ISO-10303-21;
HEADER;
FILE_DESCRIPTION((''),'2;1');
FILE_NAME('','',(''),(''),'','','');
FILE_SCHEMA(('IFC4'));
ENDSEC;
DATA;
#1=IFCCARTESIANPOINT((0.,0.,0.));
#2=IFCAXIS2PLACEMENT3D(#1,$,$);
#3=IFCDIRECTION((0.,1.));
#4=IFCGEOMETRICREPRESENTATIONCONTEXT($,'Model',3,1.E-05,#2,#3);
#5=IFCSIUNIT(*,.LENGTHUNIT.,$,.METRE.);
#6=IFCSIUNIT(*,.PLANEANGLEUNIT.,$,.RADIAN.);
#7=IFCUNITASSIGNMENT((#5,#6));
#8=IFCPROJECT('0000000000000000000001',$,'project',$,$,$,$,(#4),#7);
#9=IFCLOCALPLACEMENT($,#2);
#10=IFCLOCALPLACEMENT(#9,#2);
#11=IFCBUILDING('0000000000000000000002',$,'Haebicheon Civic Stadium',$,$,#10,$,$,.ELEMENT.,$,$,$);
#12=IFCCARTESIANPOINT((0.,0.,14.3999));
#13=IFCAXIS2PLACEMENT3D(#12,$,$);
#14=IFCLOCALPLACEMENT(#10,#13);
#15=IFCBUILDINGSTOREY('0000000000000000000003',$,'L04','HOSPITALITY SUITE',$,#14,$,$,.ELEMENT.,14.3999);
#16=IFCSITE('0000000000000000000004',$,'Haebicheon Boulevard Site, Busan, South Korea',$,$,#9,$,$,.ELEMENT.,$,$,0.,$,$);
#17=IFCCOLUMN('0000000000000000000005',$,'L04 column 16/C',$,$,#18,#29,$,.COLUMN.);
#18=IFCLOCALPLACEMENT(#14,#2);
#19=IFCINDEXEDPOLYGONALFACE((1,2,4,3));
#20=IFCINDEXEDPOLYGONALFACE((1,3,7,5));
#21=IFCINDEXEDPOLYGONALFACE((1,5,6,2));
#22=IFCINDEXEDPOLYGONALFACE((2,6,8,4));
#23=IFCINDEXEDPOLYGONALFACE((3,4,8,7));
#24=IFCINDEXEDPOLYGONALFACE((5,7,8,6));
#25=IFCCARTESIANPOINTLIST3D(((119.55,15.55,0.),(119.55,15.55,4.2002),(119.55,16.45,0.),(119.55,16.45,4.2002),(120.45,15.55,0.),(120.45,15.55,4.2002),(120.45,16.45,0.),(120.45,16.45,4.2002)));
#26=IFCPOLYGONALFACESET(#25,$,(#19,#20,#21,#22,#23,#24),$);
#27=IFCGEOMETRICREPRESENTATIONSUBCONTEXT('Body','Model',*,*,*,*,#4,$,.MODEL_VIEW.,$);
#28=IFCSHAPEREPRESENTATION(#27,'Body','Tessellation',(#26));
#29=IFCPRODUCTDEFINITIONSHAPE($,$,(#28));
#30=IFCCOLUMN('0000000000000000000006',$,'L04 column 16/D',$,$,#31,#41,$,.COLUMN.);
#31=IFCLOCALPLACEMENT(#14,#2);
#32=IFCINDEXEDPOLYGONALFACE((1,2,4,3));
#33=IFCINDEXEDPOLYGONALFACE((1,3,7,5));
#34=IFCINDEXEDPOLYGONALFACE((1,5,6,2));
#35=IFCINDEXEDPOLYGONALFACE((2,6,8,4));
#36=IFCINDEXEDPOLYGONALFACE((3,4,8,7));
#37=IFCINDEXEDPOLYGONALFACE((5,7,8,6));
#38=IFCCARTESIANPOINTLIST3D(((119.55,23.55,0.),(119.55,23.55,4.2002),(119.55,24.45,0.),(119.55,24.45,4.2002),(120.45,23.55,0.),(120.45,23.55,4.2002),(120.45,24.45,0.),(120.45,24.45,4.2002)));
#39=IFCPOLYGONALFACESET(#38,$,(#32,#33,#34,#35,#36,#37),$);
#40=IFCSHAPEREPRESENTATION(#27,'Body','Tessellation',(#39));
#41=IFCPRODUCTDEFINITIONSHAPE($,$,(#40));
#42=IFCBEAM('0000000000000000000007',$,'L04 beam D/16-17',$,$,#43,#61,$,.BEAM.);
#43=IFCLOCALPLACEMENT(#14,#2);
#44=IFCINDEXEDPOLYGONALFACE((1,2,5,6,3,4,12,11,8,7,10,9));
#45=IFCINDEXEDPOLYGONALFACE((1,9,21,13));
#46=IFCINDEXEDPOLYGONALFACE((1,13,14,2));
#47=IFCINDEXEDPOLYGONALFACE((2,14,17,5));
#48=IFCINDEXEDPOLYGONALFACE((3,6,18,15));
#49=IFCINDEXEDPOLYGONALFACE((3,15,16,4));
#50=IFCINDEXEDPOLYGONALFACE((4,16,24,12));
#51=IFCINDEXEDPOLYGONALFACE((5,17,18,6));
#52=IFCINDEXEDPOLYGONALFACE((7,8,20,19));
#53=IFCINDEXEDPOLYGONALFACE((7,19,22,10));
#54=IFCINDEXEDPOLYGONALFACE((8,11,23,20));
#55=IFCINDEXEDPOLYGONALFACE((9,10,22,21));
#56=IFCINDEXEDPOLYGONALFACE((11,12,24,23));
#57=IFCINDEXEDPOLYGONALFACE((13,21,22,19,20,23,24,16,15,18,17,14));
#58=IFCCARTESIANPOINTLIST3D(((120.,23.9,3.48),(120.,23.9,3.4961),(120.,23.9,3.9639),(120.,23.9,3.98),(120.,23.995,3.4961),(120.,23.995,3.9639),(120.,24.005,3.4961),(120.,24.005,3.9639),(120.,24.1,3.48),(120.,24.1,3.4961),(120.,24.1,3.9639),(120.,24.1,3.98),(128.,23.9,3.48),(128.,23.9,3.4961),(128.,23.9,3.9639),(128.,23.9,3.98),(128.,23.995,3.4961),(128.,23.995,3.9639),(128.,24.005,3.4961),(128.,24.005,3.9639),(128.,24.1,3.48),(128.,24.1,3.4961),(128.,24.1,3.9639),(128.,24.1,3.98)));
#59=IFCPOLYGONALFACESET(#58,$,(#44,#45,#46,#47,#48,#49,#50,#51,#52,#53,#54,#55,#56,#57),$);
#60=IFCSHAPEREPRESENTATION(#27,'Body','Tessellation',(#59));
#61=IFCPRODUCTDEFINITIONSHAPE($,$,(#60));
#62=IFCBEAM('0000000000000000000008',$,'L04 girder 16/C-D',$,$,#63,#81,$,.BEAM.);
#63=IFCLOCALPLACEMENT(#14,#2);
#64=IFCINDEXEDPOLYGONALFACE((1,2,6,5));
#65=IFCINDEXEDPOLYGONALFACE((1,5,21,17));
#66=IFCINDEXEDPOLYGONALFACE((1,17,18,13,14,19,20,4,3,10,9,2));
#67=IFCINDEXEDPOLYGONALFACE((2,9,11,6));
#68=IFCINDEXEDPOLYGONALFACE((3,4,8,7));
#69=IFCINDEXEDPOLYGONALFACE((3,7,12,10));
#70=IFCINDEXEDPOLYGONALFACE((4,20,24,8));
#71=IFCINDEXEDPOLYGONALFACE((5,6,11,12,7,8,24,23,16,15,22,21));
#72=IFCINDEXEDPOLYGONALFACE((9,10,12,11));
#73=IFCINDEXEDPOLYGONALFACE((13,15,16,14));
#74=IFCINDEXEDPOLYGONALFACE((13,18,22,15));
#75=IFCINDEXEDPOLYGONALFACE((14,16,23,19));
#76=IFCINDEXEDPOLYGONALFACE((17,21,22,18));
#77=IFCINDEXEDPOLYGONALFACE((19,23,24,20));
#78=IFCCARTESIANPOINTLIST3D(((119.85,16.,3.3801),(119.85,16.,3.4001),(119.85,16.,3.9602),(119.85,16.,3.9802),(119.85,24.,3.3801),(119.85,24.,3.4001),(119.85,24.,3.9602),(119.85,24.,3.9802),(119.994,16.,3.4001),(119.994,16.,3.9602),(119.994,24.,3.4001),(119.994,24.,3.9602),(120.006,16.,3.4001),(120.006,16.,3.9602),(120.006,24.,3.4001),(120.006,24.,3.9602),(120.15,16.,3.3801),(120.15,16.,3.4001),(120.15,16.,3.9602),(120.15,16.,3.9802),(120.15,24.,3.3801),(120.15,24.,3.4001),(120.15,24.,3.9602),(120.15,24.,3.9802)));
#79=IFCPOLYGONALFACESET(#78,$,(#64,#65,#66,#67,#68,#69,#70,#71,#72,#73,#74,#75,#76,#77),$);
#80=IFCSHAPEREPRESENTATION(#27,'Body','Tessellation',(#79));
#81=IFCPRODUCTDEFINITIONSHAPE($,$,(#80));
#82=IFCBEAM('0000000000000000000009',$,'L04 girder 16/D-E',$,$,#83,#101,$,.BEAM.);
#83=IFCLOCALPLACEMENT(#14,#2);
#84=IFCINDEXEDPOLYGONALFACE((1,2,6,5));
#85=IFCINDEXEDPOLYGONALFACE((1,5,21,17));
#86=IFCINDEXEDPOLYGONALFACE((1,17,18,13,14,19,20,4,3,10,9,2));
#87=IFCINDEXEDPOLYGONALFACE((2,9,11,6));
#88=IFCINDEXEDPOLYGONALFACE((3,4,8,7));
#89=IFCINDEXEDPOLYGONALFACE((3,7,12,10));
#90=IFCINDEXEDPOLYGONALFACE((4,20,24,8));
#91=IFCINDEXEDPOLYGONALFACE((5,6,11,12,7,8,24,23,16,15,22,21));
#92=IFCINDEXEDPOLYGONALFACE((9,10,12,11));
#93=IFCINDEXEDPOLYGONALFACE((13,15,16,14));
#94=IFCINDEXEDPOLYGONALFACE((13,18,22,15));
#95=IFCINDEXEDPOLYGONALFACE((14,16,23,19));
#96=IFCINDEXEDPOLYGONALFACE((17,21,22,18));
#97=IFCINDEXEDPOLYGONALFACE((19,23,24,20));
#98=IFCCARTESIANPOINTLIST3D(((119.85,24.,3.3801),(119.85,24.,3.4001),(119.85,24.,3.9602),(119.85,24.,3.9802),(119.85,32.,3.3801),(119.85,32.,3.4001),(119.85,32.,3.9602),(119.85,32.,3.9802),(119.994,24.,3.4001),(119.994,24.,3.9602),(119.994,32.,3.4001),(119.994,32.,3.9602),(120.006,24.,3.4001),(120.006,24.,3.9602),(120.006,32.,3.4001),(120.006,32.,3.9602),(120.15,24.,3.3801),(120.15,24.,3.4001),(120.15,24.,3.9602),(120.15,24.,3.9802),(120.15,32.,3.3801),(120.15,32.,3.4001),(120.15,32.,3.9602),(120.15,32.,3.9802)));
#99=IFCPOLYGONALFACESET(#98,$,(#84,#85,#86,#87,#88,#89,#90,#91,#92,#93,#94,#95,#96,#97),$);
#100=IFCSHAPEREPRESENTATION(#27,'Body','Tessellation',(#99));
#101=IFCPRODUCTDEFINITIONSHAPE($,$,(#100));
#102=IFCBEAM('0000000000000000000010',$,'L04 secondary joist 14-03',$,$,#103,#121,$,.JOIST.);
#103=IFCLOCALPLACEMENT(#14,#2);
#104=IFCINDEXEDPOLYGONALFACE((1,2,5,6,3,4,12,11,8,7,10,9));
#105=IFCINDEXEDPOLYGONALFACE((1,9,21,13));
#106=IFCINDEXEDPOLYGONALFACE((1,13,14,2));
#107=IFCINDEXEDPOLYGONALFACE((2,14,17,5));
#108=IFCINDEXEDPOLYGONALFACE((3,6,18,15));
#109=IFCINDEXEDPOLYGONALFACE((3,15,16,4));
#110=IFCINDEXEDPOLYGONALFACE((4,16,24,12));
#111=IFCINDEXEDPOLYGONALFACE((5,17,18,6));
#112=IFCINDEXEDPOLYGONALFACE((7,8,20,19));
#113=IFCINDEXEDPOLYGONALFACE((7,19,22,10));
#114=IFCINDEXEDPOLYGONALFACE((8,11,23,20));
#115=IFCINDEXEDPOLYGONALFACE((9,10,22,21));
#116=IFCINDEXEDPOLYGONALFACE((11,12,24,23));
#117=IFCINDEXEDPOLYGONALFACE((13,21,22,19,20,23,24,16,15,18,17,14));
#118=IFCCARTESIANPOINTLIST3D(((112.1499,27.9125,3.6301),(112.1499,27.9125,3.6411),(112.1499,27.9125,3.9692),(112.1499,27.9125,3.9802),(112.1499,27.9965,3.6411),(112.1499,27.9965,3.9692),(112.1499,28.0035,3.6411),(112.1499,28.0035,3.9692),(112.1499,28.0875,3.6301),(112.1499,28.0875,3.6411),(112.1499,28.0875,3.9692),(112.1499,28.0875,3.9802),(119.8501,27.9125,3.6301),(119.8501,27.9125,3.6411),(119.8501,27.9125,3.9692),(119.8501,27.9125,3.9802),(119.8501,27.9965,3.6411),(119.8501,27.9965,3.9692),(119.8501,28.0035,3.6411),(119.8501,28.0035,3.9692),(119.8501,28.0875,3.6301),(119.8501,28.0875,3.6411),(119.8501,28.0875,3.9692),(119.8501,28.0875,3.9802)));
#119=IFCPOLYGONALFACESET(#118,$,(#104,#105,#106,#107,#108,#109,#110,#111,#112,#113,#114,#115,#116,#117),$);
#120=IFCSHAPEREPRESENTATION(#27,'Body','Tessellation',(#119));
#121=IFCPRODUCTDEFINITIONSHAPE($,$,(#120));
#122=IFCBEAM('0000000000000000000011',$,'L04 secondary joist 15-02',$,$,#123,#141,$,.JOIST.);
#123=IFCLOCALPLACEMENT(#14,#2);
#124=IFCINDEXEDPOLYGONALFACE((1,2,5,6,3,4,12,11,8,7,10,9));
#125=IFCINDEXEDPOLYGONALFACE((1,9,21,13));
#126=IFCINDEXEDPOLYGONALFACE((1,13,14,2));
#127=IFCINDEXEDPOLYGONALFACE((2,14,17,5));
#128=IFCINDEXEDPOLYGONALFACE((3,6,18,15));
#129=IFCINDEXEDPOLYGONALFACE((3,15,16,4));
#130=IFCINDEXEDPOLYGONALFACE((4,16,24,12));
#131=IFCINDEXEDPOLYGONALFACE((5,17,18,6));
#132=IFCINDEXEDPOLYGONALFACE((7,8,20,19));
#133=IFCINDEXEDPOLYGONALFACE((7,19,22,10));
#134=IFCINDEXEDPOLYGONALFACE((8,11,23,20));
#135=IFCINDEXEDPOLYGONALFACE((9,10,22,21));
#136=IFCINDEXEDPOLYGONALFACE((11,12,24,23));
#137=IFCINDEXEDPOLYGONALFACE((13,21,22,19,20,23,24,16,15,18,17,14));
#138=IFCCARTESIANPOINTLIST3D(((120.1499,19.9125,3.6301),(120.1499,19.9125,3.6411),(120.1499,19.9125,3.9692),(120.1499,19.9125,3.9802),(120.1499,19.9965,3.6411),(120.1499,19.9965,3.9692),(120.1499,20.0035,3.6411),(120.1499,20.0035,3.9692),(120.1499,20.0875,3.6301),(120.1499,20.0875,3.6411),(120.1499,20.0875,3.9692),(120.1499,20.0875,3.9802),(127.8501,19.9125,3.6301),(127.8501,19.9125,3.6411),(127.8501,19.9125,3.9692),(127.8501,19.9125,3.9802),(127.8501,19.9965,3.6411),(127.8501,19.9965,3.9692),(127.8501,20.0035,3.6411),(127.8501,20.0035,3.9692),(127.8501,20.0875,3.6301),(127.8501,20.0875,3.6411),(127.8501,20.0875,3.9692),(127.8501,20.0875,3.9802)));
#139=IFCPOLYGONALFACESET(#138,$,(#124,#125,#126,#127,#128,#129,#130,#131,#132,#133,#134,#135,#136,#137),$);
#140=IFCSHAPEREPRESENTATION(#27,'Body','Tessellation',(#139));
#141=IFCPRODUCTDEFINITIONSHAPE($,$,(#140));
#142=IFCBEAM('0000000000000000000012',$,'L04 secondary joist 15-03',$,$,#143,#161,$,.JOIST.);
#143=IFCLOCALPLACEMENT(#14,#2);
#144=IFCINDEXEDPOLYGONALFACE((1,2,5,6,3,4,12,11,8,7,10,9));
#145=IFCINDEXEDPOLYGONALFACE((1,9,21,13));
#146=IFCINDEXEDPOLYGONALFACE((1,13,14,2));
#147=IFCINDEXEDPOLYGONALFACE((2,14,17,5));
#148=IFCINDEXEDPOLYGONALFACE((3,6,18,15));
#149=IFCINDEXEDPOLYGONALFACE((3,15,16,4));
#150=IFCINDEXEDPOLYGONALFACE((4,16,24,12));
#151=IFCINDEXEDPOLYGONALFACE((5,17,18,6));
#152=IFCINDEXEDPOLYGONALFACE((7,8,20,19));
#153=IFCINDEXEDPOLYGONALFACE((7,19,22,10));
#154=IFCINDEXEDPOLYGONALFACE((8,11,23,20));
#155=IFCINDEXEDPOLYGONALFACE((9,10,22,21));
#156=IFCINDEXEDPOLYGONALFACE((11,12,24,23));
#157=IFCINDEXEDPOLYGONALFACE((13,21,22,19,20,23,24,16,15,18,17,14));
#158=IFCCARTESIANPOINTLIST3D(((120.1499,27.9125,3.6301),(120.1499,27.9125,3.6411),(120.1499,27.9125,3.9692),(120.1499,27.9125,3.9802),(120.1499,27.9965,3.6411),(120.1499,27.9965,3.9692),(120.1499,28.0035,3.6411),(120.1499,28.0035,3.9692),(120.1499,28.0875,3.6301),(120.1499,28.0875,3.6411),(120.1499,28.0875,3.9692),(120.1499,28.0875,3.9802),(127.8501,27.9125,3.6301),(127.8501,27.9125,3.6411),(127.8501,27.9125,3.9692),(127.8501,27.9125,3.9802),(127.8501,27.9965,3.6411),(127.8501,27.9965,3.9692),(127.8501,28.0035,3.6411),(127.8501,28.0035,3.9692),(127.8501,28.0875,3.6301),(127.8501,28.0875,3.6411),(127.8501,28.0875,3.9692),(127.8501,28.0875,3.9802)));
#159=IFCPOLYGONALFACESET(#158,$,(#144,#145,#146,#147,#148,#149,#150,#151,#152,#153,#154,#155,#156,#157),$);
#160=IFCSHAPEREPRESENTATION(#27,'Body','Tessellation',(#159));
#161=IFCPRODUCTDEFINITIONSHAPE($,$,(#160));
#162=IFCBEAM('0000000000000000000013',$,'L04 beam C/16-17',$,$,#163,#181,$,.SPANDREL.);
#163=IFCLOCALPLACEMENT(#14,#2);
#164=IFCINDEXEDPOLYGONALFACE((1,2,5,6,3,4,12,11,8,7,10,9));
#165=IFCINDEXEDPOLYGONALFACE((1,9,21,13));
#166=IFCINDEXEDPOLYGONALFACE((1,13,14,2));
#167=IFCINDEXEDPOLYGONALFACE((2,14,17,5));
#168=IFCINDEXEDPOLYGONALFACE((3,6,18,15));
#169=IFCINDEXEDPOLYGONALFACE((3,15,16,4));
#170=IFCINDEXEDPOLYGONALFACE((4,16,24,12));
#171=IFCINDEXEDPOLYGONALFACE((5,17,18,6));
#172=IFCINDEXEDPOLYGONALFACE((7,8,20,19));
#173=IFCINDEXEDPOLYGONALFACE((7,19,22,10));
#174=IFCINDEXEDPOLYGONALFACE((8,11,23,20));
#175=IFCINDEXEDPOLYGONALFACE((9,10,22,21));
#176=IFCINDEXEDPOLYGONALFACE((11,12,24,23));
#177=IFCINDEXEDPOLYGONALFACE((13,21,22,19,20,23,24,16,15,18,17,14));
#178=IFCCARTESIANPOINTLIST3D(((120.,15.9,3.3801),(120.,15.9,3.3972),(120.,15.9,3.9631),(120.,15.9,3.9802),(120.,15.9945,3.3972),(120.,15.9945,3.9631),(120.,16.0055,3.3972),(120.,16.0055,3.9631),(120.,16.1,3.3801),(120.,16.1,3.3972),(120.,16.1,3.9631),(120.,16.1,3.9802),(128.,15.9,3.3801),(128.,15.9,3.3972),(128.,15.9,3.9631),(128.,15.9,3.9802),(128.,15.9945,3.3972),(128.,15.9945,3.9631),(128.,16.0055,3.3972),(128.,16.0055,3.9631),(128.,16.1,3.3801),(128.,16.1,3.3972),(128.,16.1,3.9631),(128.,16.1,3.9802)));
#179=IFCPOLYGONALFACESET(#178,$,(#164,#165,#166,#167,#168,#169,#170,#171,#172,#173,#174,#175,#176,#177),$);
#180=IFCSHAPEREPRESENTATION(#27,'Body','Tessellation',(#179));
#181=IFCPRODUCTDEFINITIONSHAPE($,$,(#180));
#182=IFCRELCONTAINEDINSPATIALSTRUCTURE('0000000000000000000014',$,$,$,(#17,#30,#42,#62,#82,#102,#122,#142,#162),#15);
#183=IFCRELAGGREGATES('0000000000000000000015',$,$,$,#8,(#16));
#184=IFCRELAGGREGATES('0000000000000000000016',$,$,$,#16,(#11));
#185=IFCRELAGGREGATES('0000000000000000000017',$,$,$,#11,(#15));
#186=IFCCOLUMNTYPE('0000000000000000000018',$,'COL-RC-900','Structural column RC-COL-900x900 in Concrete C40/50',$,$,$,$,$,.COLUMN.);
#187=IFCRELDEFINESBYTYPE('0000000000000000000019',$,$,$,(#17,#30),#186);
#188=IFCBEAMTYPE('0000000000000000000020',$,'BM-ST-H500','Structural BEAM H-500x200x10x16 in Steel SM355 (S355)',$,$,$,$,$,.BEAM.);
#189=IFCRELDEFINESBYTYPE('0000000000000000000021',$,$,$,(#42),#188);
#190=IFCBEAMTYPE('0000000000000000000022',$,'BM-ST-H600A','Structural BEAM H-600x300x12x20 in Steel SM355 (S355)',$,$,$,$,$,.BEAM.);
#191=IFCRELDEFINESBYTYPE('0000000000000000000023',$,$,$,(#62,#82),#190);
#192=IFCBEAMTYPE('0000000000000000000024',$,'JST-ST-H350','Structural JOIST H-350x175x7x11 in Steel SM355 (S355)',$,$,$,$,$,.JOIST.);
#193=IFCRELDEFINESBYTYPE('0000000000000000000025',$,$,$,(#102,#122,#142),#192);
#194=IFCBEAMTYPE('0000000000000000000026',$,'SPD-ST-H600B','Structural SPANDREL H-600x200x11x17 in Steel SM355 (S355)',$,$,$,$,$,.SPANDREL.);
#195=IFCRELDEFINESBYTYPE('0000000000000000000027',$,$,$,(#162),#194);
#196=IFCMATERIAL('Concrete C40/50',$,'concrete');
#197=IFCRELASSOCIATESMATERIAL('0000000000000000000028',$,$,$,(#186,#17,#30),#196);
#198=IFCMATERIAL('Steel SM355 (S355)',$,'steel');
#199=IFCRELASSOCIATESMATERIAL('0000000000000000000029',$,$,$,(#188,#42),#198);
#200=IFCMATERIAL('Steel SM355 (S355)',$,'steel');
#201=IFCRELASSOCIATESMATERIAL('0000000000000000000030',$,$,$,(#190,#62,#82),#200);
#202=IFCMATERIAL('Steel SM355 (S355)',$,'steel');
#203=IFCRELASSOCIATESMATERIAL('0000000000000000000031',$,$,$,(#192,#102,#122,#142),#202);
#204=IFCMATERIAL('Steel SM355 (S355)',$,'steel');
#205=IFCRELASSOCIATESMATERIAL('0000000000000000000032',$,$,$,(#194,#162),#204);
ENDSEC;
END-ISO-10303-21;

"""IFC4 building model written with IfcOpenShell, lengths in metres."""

from ifc_helpers import new_model, si_unit, direction, frame, origin, origin_2d, place, context, subcontext, project, spatial, rectangle, i_section, extrude, material, material_profile, profile_set, type_object, element, save


model = new_model("IFC4")

# Units and contexts
model_context = context("Model", 3, precision=1e-05, world=origin(), true_north=direction((0.0, 1.0)))
body_context = subcontext(model_context, "Body", "Model", "MODEL_VIEW")
ifc_project = project(units=[si_unit("LENGTHUNIT", "METRE"), si_unit("PLANEANGLEUNIT", "RADIAN")], contexts=[model_context])

# Site, building, storey
site_placement = place(None, origin())
site = spatial("IfcSite", under=ifc_project, at=site_placement, Name="Haebicheon Boulevard Site, Busan, South Korea", CompositionType="ELEMENT", RefElevation=0.0)
building_placement = place(site_placement, origin())
building = spatial("IfcBuilding", under=site, at=building_placement, Name="Haebicheon Civic Stadium", CompositionType="ELEMENT")
storey_placement = place(building_placement, frame((0.0, 0.0, 14.3999)))
storey = spatial("IfcBuildingStorey", under=building, at=storey_placement, Name="L04", Description="HOSPITALITY SUITE", CompositionType="ELEMENT", Elevation=14.3999)

# Columns
ifc_material_1 = material(Name="Concrete C40/50", Category="concrete")
ifc_material_profile_1 = material_profile(ifc_material_1, rectangle(XDim=0.8999, YDim=0.8999, at=origin_2d()), Name="RC-COL-900x900")
ifc_profile_set_1 = profile_set([ifc_material_profile_1], Name="Concrete C40/50")
column_type = type_object("IfcColumnType", Name="COL-RC-900", Description="Structural column RC-COL-900x900 in Concrete C40/50", PredefinedType="COLUMN", material=ifc_profile_set_1)
for number, where, z_axis, x_axis, name in (
    (1, (120.0, 16.0, 0.0), (0.0, 0.0, 1.0), (1.0, 0.0, 0.0), "L04 column 16/C"),
    (2, (120.0, 24.0, 0.0), (0.0, 0.0, 1.0), (1.0, 0.0, 0.0), "L04 column 16/D"),
):
    element("IfcColumn", number, at=place(storey_placement, frame(where, z_axis=z_axis, x_axis=x_axis)), inside=storey, type_object=column_type, material=ifc_profile_set_1, Name=name, PredefinedType="COLUMN", context=body_context, shape_type="SweptSolid", body=[
        extrude(rectangle(XDim=0.8999, YDim=0.8999, at=origin_2d()), origin(), (0.0, 0.0, 1.0), 4.2002),
    ])

# Beams
ifc_material_2 = material(Name="Steel SM355 (S355)", Category="steel")
ifc_material_profile_2 = material_profile(ifc_material_2, i_section(OverallWidth=0.2, OverallDepth=0.5, WebThickness=0.01, FlangeThickness=0.0161, at=origin_2d()), Name="H-500x200x10x16")
ifc_profile_set_2 = profile_set([ifc_material_profile_2], Name="Steel SM355 (S355)")
beam_type_1 = type_object("IfcBeamType", Name="BM-ST-H500", Description="Structural BEAM H-500x200x10x16 in Steel SM355 (S355)", PredefinedType="BEAM", material=ifc_profile_set_2)
beam_1_placement = place(storey_placement, frame((120.0, 24.0, 3.73), z_axis=(1.0, 0.0, 0.0), x_axis=(0.0, 1.0, 0.0)))
element("IfcBeam", 3, at=beam_1_placement, inside=storey, type_object=beam_type_1, material=ifc_profile_set_2, Name="L04 beam D/16-17", PredefinedType="BEAM", context=body_context, shape_type="SweptSolid", body=[
    extrude(i_section(OverallWidth=0.2, OverallDepth=0.5, WebThickness=0.01, FlangeThickness=0.0161, at=origin_2d()), origin(), (0.0, 0.0, 1.0), 8.0),
])
ifc_material_3 = material(Name="Steel SM355 (S355)", Category="steel")
ifc_material_profile_3 = material_profile(ifc_material_3, i_section(OverallWidth=0.3, OverallDepth=0.6001, WebThickness=0.012, FlangeThickness=0.02, at=origin_2d()), Name="H-600x300x12x20")
ifc_profile_set_3 = profile_set([ifc_material_profile_3], Name="Steel SM355 (S355)")
beam_type_2 = type_object("IfcBeamType", Name="BM-ST-H600A", Description="Structural BEAM H-600x300x12x20 in Steel SM355 (S355)", PredefinedType="BEAM", material=ifc_profile_set_3)
for number, where, z_axis, x_axis, name in (
    (4, (120.0, 16.0, 3.6802), (0.0, 1.0, 0.0), (-1.0, 0.0, 0.0), "L04 girder 16/C-D"),
    (5, (120.0, 24.0, 3.6802), (0.0, 1.0, 0.0), (-1.0, 0.0, 0.0), "L04 girder 16/D-E"),
):
    element("IfcBeam", number, at=place(storey_placement, frame(where, z_axis=z_axis, x_axis=x_axis)), inside=storey, type_object=beam_type_2, material=ifc_profile_set_3, Name=name, PredefinedType="BEAM", context=body_context, shape_type="SweptSolid", body=[
        extrude(i_section(OverallWidth=0.3, OverallDepth=0.6001, WebThickness=0.012, FlangeThickness=0.02, at=origin_2d()), origin(), (0.0, 0.0, 1.0), 8.0),
    ])
ifc_material_4 = material(Name="Steel SM355 (S355)", Category="steel")
ifc_material_profile_4 = material_profile(ifc_material_4, i_section(OverallWidth=0.175, OverallDepth=0.3501, WebThickness=0.0071, FlangeThickness=0.011, at=origin_2d()), Name="H-350x175x7x11")
ifc_profile_set_4 = profile_set([ifc_material_profile_4], Name="Steel SM355 (S355)")
beam_type_3 = type_object("IfcBeamType", Name="JST-ST-H350", Description="Structural JOIST H-350x175x7x11 in Steel SM355 (S355)", PredefinedType="JOIST", material=ifc_profile_set_4)
for number, where, z_axis, x_axis, name in (
    (6, (112.1499, 28.0, 3.8052), (1.0, 0.0, 0.0), (0.0, 1.0, 0.0), "L04 secondary joist 14-03"),
    (7, (120.1499, 20.0, 3.8052), (1.0, 0.0, 0.0), (0.0, 1.0, 0.0), "L04 secondary joist 15-02"),
    (8, (120.1499, 28.0, 3.8052), (1.0, 0.0, 0.0), (0.0, 1.0, 0.0), "L04 secondary joist 15-03"),
):
    element("IfcBeam", number, at=place(storey_placement, frame(where, z_axis=z_axis, x_axis=x_axis)), inside=storey, type_object=beam_type_3, material=ifc_profile_set_4, Name=name, PredefinedType="JOIST", context=body_context, shape_type="SweptSolid", body=[
        extrude(i_section(OverallWidth=0.175, OverallDepth=0.3501, WebThickness=0.0071, FlangeThickness=0.011, at=origin_2d()), origin(), (0.0, 0.0, 1.0), 7.7002),
    ])
ifc_material_5 = material(Name="Steel SM355 (S355)", Category="steel")
ifc_material_profile_5 = material_profile(ifc_material_5, i_section(OverallWidth=0.2, OverallDepth=0.6001, WebThickness=0.011, FlangeThickness=0.0171, at=origin_2d()), Name="H-600x200x11x17")
ifc_profile_set_5 = profile_set([ifc_material_profile_5], Name="Steel SM355 (S355)")
beam_type_4 = type_object("IfcBeamType", Name="SPD-ST-H600B", Description="Structural SPANDREL H-600x200x11x17 in Steel SM355 (S355)", PredefinedType="SPANDREL", material=ifc_profile_set_5)
beam_2_placement = place(storey_placement, frame((120.0, 16.0, 3.6802), z_axis=(1.0, 0.0, 0.0), x_axis=(0.0, 1.0, 0.0)))
element("IfcBeam", 9, at=beam_2_placement, inside=storey, type_object=beam_type_4, material=ifc_profile_set_5, Name="L04 beam C/16-17", PredefinedType="SPANDREL", context=body_context, shape_type="SweptSolid", body=[
    extrude(i_section(OverallWidth=0.2, OverallDepth=0.6001, WebThickness=0.011, FlangeThickness=0.0171, at=origin_2d()), origin(), (0.0, 0.0, 1.0), 8.0),
])

save(model, "model.ifc")
